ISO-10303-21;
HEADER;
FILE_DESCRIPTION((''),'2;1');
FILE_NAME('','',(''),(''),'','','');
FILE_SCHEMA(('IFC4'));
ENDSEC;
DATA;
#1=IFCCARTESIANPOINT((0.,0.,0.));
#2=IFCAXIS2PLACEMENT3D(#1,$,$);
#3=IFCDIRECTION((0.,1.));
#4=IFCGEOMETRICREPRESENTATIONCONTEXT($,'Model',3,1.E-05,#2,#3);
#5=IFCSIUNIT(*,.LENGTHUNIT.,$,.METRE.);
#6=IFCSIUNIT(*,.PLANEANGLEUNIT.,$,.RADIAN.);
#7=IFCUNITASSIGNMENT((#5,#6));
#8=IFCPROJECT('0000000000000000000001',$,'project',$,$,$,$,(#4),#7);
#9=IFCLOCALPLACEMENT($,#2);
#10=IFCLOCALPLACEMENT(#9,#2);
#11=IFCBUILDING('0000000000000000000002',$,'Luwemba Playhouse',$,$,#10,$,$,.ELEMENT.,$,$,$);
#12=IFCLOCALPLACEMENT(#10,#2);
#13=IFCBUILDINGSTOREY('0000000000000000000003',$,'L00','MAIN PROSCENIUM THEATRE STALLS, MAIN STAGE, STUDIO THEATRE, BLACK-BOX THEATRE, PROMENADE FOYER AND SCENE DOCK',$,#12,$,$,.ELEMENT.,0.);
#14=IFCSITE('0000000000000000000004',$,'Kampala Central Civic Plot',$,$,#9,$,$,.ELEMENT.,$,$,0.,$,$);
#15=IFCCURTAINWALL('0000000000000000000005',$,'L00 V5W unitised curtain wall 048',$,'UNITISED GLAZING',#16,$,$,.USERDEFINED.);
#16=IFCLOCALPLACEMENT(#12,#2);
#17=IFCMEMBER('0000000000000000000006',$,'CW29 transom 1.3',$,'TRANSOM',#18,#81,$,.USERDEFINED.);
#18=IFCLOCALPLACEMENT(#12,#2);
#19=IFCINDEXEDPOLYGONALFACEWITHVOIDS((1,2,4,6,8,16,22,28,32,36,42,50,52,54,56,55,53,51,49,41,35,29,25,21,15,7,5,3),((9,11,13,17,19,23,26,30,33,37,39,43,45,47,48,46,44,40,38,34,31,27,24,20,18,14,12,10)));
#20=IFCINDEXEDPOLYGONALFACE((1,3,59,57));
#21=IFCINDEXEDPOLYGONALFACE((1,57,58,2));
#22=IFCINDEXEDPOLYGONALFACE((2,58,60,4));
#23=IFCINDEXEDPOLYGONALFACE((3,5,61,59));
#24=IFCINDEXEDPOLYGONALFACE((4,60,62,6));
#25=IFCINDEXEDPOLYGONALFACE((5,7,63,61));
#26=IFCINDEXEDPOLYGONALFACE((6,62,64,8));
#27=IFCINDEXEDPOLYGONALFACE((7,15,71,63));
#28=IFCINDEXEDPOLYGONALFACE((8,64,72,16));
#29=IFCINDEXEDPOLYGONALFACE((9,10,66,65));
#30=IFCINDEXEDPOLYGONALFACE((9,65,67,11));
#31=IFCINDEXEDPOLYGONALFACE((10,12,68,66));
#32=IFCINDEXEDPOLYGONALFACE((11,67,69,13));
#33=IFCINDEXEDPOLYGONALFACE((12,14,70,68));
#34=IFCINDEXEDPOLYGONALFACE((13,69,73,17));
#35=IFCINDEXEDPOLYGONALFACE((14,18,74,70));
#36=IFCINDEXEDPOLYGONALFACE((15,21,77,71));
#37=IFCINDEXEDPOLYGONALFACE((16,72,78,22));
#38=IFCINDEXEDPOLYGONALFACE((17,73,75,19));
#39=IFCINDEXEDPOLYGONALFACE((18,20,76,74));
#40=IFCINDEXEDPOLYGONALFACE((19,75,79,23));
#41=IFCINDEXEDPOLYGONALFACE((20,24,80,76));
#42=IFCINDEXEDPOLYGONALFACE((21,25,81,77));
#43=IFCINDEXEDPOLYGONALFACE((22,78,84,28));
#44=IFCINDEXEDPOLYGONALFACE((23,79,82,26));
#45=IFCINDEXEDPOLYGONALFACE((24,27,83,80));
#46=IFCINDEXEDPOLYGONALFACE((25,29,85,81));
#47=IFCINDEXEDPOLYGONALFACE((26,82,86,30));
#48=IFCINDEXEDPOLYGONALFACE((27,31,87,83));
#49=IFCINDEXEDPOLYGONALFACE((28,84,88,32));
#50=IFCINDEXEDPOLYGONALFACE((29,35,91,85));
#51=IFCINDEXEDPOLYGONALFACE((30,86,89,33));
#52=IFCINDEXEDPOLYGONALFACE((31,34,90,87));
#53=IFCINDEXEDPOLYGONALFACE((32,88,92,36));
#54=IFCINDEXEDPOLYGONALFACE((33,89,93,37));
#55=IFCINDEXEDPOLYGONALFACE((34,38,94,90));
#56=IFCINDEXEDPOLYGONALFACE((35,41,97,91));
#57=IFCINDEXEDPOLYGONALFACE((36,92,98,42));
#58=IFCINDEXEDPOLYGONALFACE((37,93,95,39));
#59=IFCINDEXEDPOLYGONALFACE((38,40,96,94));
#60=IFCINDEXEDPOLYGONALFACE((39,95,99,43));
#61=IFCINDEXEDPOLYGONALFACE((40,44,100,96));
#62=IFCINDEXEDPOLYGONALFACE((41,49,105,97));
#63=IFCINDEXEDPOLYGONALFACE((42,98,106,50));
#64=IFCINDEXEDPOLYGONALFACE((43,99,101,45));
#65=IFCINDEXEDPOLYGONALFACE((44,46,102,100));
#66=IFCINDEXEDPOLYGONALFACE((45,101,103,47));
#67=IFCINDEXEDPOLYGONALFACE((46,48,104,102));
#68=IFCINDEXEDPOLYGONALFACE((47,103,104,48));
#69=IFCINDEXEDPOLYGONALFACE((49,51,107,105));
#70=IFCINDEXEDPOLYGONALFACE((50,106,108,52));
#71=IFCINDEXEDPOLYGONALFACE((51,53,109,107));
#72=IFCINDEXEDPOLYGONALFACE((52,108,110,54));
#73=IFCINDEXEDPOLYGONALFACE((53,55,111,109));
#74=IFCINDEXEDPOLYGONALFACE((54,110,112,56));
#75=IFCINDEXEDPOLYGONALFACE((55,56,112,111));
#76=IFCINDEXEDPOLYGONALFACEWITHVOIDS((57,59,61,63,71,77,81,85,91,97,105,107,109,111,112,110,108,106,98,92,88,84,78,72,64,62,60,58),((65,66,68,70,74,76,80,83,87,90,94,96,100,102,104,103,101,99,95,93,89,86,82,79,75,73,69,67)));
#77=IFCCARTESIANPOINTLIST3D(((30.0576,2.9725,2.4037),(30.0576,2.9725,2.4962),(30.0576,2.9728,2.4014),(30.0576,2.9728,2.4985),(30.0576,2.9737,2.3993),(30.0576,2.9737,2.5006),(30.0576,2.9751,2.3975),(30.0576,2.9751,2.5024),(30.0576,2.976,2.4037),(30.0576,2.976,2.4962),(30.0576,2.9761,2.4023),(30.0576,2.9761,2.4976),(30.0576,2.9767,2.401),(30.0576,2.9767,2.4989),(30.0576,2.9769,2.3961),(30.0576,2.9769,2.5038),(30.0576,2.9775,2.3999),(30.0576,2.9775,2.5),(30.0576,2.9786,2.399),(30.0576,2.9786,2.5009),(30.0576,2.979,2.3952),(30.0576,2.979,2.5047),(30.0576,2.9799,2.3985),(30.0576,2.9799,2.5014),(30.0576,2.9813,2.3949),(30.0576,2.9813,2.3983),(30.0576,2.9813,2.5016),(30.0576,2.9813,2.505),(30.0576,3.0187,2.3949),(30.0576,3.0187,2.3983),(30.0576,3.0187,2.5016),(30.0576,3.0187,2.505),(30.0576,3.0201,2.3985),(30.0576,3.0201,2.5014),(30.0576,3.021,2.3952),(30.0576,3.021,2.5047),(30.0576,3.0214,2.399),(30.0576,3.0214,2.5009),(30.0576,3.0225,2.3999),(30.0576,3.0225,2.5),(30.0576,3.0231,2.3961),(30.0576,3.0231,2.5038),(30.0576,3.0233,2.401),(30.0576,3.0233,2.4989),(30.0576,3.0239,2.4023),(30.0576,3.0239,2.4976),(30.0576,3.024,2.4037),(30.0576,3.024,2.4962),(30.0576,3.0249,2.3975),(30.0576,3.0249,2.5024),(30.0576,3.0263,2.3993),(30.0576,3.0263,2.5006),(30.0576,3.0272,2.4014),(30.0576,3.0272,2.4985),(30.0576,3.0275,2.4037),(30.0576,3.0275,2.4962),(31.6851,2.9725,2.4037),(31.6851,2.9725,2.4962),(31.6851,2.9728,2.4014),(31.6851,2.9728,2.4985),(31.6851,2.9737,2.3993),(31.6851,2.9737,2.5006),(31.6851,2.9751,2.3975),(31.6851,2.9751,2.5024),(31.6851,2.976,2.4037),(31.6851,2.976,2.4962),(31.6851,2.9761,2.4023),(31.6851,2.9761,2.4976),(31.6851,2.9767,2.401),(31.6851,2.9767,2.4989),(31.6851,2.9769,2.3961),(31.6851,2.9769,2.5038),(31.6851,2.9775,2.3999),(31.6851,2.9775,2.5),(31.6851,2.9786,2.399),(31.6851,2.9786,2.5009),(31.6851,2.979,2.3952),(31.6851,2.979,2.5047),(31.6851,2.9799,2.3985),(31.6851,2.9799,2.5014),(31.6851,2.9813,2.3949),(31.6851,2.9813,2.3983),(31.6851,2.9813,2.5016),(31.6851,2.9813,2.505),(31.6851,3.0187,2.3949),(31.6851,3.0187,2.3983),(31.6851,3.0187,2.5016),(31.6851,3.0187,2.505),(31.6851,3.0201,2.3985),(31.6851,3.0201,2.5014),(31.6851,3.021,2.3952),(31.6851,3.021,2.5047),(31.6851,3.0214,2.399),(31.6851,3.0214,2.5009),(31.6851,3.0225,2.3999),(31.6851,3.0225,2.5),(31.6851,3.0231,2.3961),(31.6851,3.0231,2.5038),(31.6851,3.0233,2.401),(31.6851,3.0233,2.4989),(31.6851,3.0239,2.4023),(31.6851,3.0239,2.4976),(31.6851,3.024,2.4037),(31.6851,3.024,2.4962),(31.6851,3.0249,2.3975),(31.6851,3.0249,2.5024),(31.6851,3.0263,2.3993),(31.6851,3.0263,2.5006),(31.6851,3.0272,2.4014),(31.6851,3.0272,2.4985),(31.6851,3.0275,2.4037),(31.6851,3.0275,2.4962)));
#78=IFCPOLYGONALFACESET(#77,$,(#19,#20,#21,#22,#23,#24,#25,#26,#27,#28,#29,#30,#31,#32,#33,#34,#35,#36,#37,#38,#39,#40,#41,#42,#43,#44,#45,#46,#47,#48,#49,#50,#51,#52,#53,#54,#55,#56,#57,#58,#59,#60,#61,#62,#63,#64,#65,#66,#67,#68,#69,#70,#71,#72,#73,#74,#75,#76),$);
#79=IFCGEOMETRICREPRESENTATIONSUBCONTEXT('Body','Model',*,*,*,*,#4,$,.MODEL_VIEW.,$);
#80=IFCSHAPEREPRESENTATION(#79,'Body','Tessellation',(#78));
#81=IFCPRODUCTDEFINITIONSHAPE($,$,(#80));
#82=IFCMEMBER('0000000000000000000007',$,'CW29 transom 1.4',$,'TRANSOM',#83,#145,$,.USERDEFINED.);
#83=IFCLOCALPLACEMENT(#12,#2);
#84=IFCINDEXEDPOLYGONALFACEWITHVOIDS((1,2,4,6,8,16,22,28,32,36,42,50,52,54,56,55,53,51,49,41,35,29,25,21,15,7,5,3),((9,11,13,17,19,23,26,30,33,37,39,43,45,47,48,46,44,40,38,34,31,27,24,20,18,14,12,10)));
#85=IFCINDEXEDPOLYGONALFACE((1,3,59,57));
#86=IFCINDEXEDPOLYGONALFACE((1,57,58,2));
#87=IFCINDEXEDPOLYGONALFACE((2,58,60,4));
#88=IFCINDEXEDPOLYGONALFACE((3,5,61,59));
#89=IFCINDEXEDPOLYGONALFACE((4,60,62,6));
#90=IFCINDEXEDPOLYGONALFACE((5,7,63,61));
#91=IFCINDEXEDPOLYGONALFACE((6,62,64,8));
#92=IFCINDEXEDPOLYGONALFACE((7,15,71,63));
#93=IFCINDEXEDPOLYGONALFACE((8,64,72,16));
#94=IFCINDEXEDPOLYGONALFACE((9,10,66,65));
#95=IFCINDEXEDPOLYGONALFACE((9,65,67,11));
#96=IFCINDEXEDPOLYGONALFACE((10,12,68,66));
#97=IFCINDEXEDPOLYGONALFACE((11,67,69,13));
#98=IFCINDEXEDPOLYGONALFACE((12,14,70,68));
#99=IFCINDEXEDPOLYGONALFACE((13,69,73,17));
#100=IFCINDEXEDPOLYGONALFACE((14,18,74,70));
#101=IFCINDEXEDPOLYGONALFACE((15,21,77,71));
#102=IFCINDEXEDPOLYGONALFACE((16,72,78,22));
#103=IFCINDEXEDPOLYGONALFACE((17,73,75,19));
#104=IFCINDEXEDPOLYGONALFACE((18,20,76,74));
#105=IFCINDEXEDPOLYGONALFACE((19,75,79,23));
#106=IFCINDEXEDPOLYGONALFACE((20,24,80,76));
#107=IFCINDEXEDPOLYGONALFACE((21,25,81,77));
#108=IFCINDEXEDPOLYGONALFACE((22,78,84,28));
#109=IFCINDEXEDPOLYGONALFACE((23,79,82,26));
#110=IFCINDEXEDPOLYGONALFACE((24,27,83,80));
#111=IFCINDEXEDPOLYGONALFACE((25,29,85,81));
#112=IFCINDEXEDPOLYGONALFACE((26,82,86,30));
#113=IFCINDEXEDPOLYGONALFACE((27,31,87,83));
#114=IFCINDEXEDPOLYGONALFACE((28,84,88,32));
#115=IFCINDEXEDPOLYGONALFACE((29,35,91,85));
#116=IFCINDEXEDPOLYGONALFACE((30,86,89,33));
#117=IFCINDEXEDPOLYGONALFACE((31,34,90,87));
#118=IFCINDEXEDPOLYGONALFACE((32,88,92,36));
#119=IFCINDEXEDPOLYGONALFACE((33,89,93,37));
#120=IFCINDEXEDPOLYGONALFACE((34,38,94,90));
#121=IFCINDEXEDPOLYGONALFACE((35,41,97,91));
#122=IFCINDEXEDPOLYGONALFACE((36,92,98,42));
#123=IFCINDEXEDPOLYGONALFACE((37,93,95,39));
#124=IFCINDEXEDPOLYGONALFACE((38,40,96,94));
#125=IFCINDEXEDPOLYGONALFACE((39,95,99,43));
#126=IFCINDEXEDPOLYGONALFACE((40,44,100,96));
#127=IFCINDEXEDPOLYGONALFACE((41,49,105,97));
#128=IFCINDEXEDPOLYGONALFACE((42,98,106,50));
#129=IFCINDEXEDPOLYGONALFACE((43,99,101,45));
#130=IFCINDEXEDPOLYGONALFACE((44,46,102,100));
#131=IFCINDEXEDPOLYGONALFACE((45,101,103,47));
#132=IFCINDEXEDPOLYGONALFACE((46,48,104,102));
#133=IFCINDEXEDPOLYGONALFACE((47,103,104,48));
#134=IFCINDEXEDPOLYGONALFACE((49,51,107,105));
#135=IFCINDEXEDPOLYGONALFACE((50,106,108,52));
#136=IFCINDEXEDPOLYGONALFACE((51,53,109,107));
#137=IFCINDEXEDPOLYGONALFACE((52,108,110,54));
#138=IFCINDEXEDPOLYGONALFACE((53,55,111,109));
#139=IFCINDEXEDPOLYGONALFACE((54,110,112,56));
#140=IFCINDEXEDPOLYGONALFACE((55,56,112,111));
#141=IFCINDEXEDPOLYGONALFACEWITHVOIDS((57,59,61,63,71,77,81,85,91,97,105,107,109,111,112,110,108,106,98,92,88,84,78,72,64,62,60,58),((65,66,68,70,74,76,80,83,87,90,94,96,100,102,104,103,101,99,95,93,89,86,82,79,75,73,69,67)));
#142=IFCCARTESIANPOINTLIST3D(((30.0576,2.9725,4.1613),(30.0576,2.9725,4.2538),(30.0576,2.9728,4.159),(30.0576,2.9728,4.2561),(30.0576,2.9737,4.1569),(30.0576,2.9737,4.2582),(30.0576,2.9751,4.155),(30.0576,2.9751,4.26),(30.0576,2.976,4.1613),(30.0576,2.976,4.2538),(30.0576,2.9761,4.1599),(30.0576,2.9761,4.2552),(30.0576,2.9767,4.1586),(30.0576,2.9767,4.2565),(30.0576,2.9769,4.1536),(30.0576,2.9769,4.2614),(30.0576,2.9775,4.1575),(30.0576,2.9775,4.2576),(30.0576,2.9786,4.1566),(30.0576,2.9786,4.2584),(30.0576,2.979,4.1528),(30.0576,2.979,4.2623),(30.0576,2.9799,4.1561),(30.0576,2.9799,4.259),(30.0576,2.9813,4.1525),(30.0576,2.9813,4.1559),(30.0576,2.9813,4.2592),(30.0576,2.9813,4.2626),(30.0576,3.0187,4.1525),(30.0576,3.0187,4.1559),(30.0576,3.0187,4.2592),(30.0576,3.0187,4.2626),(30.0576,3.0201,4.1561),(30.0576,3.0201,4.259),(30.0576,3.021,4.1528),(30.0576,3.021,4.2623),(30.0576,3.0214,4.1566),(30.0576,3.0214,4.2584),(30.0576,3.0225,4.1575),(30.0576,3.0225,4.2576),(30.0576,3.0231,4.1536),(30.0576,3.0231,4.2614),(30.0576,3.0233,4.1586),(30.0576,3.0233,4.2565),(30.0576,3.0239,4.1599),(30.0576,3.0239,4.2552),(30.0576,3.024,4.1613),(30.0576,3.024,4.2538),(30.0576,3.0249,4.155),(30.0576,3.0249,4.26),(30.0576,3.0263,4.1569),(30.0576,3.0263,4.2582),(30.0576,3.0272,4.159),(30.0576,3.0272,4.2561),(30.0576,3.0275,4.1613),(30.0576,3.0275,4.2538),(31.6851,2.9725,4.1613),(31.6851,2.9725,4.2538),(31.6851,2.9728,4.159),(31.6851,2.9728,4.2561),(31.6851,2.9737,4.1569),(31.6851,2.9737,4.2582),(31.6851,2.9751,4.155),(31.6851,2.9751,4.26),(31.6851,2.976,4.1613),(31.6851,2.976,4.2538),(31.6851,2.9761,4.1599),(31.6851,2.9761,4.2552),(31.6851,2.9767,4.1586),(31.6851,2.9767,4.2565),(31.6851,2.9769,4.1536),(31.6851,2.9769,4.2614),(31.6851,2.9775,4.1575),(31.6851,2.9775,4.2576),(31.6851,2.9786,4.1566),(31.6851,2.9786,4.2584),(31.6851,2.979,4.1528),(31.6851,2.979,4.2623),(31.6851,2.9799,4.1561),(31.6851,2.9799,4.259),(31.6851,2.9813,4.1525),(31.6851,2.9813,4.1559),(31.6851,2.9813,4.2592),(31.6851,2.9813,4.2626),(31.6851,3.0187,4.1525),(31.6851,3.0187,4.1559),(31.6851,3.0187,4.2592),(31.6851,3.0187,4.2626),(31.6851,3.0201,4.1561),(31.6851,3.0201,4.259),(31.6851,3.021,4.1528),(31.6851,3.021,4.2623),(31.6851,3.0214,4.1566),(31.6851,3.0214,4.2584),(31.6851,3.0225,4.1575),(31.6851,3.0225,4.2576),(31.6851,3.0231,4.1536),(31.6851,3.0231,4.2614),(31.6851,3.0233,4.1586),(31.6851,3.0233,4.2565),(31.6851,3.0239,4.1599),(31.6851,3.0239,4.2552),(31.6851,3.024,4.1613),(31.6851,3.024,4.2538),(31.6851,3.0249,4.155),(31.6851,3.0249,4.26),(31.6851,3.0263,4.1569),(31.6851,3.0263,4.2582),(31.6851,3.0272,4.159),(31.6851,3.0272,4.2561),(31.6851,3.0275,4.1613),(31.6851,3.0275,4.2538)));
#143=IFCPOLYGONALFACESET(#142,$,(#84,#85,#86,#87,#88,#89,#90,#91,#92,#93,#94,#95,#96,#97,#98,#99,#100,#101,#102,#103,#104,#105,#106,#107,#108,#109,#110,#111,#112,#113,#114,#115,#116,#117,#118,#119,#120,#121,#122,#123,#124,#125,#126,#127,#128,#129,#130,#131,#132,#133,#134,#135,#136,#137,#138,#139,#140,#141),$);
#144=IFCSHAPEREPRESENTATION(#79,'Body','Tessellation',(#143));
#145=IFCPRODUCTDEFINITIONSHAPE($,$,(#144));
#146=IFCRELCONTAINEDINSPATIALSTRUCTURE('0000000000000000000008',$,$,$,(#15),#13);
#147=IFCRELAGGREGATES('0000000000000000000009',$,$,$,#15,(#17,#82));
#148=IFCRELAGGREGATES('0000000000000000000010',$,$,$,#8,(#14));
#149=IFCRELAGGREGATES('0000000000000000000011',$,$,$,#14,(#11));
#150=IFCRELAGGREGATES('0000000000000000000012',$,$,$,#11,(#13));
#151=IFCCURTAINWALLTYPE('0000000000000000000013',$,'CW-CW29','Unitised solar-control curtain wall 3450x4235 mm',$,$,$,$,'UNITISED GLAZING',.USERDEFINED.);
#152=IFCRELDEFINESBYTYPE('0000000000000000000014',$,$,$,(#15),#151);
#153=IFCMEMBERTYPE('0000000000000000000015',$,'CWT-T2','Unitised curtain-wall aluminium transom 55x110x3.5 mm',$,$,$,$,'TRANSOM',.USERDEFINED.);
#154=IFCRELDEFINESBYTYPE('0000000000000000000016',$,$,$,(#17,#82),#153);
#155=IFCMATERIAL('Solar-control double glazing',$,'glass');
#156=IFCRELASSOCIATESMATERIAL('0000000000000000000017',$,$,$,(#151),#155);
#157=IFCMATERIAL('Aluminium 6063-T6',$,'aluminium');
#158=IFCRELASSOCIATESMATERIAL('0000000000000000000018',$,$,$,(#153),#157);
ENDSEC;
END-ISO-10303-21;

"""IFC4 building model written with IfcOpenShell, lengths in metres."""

from ifc_helpers import new_model, si_unit, direction, frame, origin, origin_2d, place, context, subcontext, project, spatial, hollow_rectangle, extrude, material, material_profile, profile_set, type_object, element, aggregate, save


model = new_model("IFC4")

# Units and contexts
model_context = context("Model", 3, precision=1e-05, world=origin(), true_north=direction((0.0, 1.0)))
body_context = subcontext(model_context, "Body", "Model", "MODEL_VIEW")
ifc_project = project(units=[si_unit("LENGTHUNIT", "METRE"), si_unit("PLANEANGLEUNIT", "RADIAN")], contexts=[model_context])

# Site, building, storey
site_placement = place(None, origin())
site = spatial("IfcSite", under=ifc_project, at=site_placement, Name="Kampala Central Civic Plot", CompositionType="ELEMENT", RefElevation=0.0)
building_placement = place(site_placement, origin())
building = spatial("IfcBuilding", under=site, at=building_placement, Name="Luwemba Playhouse", CompositionType="ELEMENT")
storey_placement = place(building_placement, origin())
storey = spatial("IfcBuildingStorey", under=building, at=storey_placement, Name="L00", Description="MAIN PROSCENIUM THEATRE STALLS, MAIN STAGE, STUDIO THEATRE, BLACK-BOX THEATRE, PROMENADE FOYER AND SCENE DOCK", CompositionType="ELEMENT", Elevation=0.0)

# Curtain wall, members
ifc_material_1 = material(Name="Solar-control double glazing", Category="glass")
curtain_wall_type = type_object("IfcCurtainWallType", Name="CW-CW29", Description="Unitised solar-control curtain wall 3450x4235 mm", ElementType="UNITISED GLAZING", PredefinedType="USERDEFINED", material=ifc_material_1)
curtain_wall_placement = place(storey_placement, origin())
curtain_wall = element("IfcCurtainWall", 1, at=curtain_wall_placement, inside=storey, type_object=curtain_wall_type, Name="L00 V5W unitised curtain wall 048", ObjectType="UNITISED GLAZING", PredefinedType="USERDEFINED")
ifc_material_2 = material(Name="Aluminium 6063-T6", Category="aluminium")
ifc_material_profile_1 = material_profile(ifc_material_2, hollow_rectangle(XDim=0.0549, YDim=0.1101, WallThickness=0.0034, InnerFilletRadius=0.0054, OuterFilletRadius=0.0088, at=origin_2d()))
ifc_profile_set_1 = profile_set([ifc_material_profile_1], Name="Aluminium 6063-T6")
member_type_1 = type_object("IfcMemberType", Name="CWT-T2", Description="Unitised curtain-wall aluminium transom 55x110x3.5 mm", ElementType="TRANSOM", PredefinedType="USERDEFINED", material=ifc_profile_set_1)
member_1_placement = place(storey_placement, frame((31.6851, 3.0, 2.45), z_axis=(-1.0, 0.0, 0.0), x_axis=(0.0, -1.0, 0.0)))
member_1 = element("IfcMember", 2, at=member_1_placement, type_object=member_type_1, Name="CW29 transom 1.3", ObjectType="TRANSOM", PredefinedType="USERDEFINED", context=body_context, shape_type="SweptSolid", body=[
    extrude(hollow_rectangle(XDim=0.0549, YDim=0.1101, WallThickness=0.0034, InnerFilletRadius=0.0054, OuterFilletRadius=0.0088, at=origin_2d()), origin(), (0.0, 0.0, 1.0), 1.6274),
])
member_2_placement = place(storey_placement, frame((31.6851, 3.0, 4.2075), z_axis=(-1.0, 0.0, 0.0), x_axis=(0.0, -1.0, 0.0)))
member_2 = element("IfcMember", 3, at=member_2_placement, type_object=member_type_1, Name="CW29 transom 1.4", ObjectType="TRANSOM", PredefinedType="USERDEFINED", context=body_context, shape_type="SweptSolid", body=[
    extrude(hollow_rectangle(XDim=0.0549, YDim=0.1101, WallThickness=0.0034, InnerFilletRadius=0.0054, OuterFilletRadius=0.0088, at=origin_2d()), origin(), (0.0, 0.0, 1.0), 1.6274),
])
aggregate(curtain_wall, [member_1, member_2])

save(model, "model.ifc")
